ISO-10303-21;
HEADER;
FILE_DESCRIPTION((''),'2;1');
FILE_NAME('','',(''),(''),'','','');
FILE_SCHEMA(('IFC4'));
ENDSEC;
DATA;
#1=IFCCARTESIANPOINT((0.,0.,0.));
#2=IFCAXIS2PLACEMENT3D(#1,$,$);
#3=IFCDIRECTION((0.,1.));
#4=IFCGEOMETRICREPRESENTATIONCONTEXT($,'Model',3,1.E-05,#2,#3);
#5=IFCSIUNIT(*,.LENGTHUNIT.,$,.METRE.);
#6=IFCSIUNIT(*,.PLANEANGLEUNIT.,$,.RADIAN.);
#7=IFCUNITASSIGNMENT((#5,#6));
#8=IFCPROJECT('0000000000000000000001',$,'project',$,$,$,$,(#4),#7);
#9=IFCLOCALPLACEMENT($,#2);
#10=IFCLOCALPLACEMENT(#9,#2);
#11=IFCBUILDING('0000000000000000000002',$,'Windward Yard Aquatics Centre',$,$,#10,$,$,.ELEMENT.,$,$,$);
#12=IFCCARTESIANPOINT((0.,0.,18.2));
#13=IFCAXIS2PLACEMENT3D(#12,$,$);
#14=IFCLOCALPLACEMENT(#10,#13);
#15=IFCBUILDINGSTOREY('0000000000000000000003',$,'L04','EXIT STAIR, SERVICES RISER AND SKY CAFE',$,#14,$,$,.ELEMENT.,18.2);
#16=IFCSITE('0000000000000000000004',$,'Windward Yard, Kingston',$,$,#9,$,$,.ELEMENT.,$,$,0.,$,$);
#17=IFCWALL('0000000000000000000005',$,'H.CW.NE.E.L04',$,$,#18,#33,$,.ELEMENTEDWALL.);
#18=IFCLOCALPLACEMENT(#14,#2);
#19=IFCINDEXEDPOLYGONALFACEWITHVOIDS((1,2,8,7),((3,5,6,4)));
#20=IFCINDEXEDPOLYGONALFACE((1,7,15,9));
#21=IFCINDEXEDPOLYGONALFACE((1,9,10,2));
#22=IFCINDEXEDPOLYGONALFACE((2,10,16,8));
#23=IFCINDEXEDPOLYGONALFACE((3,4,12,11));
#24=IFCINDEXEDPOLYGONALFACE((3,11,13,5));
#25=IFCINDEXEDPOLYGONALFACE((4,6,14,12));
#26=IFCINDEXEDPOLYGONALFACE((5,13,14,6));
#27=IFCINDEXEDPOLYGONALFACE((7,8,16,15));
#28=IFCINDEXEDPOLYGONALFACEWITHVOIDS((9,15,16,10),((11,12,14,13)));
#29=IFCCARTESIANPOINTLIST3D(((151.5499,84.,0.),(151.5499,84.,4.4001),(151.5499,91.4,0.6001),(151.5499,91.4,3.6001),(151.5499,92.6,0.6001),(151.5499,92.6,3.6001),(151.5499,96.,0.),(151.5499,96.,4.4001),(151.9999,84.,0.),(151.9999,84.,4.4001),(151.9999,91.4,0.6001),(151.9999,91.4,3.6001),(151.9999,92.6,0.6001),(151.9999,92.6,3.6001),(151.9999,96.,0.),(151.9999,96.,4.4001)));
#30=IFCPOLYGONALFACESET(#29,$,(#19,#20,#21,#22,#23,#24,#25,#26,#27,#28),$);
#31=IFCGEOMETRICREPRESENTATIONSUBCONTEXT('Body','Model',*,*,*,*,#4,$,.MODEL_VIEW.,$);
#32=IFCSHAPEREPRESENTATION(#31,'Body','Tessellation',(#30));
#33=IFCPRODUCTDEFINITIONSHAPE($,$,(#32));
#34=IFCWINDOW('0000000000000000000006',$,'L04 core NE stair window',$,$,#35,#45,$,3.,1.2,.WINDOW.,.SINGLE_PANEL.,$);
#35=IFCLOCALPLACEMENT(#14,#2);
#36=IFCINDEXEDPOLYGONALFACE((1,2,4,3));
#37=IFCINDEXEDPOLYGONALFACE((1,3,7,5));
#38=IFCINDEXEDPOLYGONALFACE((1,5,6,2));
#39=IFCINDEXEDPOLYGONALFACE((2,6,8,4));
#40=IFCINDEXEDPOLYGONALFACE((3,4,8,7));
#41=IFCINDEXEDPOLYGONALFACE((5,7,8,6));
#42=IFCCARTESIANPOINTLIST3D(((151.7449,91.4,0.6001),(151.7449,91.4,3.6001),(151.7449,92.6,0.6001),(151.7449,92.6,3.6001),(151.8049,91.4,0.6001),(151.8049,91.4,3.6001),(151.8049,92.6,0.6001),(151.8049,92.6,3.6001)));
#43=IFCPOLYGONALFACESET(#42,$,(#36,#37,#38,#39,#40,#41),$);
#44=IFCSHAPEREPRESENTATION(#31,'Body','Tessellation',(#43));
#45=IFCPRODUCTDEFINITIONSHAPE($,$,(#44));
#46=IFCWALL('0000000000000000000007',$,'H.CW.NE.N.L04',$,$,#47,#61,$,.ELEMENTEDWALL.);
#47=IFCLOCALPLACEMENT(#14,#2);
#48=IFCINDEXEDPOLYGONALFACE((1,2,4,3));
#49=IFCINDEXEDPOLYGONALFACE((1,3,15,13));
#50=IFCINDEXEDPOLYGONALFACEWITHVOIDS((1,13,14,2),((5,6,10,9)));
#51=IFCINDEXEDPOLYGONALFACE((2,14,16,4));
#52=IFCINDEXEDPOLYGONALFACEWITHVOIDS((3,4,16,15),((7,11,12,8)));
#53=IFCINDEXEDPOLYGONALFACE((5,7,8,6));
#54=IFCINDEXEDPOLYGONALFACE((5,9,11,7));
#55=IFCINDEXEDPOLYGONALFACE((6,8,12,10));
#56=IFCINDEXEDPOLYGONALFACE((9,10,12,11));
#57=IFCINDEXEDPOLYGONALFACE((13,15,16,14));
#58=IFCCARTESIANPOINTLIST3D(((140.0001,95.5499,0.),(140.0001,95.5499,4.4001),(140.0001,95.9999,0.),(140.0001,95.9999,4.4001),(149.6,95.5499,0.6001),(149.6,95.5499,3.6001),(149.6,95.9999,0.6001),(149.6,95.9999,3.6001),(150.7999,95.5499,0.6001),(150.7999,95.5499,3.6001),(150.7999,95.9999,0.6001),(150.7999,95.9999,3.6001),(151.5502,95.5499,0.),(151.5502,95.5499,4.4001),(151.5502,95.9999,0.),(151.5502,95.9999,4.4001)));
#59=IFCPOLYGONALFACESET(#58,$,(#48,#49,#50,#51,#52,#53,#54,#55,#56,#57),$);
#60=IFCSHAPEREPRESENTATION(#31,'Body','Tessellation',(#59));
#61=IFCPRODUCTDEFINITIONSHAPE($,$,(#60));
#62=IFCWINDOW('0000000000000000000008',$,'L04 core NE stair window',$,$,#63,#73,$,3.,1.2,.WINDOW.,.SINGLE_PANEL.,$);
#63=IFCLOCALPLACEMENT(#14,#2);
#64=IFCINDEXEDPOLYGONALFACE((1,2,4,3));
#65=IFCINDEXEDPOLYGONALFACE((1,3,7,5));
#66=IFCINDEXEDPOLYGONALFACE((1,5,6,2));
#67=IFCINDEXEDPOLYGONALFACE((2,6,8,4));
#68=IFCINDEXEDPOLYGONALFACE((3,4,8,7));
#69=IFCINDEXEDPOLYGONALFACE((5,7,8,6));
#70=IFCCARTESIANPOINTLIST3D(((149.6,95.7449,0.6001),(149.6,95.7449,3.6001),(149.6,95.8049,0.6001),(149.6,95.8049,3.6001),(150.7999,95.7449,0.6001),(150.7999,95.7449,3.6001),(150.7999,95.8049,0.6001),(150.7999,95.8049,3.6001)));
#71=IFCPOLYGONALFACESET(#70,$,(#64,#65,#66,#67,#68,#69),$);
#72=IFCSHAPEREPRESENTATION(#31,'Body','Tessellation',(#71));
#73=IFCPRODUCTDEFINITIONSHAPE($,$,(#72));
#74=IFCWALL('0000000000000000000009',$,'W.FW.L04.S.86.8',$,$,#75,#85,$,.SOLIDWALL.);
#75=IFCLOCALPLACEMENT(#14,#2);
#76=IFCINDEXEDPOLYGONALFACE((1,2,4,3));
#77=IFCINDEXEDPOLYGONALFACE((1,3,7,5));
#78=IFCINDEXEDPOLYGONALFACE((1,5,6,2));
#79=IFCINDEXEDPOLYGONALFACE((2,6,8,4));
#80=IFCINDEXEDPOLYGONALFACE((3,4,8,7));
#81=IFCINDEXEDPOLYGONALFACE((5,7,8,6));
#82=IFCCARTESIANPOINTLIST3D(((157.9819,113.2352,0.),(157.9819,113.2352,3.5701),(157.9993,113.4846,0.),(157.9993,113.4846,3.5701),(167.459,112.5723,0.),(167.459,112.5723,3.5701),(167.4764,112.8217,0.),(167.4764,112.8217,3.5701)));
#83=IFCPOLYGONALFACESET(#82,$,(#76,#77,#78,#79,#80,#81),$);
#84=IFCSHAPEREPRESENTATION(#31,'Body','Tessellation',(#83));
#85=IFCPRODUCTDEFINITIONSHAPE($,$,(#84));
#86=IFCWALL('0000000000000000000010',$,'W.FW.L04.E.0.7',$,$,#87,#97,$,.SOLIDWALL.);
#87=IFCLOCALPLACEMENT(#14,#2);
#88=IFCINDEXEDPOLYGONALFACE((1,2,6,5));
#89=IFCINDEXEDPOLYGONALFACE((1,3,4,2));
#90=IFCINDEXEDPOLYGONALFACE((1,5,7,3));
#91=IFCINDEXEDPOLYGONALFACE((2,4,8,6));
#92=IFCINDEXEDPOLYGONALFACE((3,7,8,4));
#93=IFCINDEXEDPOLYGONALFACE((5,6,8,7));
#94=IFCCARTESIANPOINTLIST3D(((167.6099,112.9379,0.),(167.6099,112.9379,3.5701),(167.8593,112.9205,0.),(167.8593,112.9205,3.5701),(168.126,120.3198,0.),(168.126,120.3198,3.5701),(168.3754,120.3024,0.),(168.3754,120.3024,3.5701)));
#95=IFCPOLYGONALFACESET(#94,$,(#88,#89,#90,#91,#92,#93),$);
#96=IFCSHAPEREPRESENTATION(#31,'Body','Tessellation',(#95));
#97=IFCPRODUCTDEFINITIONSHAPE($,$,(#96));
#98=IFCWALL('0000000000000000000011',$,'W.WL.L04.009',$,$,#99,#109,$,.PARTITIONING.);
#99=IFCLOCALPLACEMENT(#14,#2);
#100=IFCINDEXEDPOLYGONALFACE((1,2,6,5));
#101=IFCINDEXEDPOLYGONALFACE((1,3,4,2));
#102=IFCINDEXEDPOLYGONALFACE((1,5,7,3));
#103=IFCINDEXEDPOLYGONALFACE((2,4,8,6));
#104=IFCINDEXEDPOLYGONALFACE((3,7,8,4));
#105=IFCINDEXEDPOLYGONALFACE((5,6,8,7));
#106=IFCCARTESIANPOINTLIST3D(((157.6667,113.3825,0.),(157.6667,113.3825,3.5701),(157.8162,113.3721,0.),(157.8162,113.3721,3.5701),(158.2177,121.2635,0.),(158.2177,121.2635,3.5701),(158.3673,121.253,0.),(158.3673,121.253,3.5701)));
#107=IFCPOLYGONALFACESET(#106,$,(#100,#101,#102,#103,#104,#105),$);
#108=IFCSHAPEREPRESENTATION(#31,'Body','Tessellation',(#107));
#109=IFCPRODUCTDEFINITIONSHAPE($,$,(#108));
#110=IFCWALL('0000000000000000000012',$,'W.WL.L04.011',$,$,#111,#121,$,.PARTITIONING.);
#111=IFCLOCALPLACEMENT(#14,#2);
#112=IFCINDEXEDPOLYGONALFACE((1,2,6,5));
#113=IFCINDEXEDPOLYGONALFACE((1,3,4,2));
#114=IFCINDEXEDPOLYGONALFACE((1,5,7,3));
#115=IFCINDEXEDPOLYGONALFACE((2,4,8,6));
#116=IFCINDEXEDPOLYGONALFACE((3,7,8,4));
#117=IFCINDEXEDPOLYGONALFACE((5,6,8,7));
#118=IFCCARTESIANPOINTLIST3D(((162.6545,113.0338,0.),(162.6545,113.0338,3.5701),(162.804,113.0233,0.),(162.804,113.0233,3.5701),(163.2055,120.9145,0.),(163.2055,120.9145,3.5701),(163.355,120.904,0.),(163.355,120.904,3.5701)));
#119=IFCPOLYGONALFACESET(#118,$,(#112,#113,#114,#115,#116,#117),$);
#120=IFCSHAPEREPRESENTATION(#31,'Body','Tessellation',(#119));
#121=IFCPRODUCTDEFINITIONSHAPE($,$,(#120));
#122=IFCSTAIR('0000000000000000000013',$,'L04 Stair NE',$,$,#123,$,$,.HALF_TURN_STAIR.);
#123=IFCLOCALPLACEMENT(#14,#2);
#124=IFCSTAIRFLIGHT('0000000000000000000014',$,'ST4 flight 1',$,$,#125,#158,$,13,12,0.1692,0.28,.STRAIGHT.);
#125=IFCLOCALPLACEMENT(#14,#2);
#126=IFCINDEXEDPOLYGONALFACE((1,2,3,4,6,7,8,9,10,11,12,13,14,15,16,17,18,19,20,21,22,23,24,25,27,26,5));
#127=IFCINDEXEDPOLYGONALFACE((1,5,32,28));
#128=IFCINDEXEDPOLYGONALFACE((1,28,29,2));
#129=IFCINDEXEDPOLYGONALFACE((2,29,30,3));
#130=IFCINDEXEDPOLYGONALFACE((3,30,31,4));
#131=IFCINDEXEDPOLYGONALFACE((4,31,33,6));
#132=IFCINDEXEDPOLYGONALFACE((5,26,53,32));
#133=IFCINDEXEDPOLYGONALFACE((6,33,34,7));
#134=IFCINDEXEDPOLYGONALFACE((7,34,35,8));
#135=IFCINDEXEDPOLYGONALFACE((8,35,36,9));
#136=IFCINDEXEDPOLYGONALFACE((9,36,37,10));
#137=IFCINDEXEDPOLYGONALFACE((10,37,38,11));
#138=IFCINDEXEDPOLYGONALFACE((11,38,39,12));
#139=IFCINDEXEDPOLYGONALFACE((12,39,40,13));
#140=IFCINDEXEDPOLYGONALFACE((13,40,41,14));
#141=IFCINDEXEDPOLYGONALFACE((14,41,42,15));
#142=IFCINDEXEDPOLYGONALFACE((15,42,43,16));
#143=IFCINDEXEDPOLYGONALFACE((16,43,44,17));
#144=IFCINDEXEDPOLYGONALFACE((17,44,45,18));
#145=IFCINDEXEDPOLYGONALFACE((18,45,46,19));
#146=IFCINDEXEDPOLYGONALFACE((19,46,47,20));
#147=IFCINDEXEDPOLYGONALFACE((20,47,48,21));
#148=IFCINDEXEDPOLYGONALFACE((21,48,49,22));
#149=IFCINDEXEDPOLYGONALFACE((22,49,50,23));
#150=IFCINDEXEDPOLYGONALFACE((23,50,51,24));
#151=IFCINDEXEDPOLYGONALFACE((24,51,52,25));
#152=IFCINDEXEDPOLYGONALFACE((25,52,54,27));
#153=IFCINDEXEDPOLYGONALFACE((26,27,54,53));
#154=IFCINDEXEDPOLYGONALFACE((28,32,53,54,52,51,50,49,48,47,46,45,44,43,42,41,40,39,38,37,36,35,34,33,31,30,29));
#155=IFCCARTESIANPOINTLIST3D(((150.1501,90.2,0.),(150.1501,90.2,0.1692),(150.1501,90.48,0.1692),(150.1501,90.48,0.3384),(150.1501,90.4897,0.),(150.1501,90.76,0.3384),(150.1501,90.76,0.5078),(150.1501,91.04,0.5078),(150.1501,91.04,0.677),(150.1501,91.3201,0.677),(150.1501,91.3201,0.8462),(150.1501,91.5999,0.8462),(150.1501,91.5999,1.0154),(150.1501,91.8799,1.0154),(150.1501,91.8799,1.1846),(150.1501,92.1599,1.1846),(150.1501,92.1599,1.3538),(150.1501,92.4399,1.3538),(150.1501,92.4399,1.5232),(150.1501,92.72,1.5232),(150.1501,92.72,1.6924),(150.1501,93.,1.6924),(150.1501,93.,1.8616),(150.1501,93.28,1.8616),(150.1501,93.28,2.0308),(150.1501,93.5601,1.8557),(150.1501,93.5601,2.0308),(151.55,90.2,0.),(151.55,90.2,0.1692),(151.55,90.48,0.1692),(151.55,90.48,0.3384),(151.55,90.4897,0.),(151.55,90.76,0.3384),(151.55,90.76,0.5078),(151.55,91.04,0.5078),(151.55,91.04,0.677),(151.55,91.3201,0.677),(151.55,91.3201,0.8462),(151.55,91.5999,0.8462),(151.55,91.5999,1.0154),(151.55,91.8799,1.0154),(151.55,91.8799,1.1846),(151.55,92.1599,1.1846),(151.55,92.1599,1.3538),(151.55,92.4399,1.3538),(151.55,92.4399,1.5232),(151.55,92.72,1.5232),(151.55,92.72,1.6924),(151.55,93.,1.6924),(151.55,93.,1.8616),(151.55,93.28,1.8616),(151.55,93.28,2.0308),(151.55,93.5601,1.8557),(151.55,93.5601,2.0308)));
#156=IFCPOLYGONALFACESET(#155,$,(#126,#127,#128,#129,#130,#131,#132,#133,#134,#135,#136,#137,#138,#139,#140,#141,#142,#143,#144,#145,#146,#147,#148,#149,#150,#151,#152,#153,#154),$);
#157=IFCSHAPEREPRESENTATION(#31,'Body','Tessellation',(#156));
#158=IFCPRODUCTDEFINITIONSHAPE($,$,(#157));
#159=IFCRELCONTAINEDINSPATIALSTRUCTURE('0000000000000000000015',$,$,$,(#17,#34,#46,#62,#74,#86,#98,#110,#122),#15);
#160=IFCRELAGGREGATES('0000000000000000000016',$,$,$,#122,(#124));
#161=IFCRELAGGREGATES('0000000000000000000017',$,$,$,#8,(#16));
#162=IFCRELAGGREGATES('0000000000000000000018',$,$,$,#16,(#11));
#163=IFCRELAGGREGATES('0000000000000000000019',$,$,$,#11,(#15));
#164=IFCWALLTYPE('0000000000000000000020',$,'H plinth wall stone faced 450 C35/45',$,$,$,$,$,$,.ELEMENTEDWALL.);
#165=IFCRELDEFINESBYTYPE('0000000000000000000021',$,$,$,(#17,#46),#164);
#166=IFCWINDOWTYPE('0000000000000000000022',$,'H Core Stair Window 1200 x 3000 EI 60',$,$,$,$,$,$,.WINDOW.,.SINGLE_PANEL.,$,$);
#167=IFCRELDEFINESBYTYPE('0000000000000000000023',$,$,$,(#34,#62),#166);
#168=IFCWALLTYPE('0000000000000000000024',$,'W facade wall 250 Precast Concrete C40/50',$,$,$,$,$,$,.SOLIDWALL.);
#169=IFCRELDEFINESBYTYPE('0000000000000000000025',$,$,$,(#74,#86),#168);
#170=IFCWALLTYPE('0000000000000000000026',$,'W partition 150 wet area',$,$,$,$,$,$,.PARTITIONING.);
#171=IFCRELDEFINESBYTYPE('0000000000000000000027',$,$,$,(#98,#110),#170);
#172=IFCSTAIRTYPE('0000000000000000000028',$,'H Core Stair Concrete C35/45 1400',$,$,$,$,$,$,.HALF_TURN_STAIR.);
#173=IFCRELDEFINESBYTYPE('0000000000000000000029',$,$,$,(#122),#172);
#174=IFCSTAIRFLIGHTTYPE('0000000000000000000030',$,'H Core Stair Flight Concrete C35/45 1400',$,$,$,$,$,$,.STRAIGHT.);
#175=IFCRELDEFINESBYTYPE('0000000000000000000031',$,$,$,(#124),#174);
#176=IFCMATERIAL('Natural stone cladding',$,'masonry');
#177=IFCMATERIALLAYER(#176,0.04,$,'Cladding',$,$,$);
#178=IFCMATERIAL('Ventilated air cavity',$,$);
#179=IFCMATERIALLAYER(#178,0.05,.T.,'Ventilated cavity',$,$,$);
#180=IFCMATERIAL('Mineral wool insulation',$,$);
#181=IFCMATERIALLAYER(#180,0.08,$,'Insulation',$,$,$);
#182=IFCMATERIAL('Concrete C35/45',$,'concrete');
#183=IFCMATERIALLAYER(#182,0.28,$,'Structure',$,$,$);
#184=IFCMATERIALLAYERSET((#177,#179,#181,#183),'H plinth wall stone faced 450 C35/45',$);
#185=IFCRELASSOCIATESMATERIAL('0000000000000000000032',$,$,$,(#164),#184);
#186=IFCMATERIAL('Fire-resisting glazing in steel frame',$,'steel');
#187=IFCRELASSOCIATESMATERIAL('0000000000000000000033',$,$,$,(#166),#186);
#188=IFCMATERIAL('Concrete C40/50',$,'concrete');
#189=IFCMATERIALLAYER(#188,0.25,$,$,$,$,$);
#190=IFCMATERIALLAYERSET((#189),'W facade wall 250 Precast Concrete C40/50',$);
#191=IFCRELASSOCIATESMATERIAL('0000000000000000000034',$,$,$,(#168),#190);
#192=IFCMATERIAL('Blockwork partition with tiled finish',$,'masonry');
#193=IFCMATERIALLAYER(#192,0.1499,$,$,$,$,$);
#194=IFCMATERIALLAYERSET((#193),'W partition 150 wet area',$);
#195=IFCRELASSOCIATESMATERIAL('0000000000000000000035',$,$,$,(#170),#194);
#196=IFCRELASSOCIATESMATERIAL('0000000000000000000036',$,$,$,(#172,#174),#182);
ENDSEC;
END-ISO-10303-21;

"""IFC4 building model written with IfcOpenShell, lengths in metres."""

from ifc_helpers import new_model, si_unit, direction, frame, frame_2d, origin, place, context, subcontext, project, spatial, polyline, rectangle, outline, extrude, material, layer, layer_set, type_object, element, fill, aggregate, save


model = new_model("IFC4")

# Units and contexts
model_context = context("Model", 3, precision=1e-05, world=origin(), true_north=direction((0.0, 1.0)))
body_context = subcontext(model_context, "Body", "Model", "MODEL_VIEW")
ifc_project = project(units=[si_unit("LENGTHUNIT", "METRE"), si_unit("PLANEANGLEUNIT", "RADIAN")], contexts=[model_context])

# Site, building, storey
site_placement = place(None, origin())
site = spatial("IfcSite", under=ifc_project, at=site_placement, Name="Windward Yard, Kingston", CompositionType="ELEMENT", RefElevation=0.0)
building_placement = place(site_placement, origin())
building = spatial("IfcBuilding", under=site, at=building_placement, Name="Windward Yard Aquatics Centre", CompositionType="ELEMENT")
storey_placement = place(building_placement, frame((0.0, 0.0, 18.2)))
storey = spatial("IfcBuildingStorey", under=building, at=storey_placement, Name="L04", Description="EXIT STAIR, SERVICES RISER AND SKY CAFE", CompositionType="ELEMENT", Elevation=18.2)

# Shared definitions
ifc_material_1 = material(Name="Concrete C40/50", Category="concrete")

# Shared definitions
ifc_material_2 = material(Name="Concrete C35/45", Category="concrete")

# Walls, openings, windows
ifc_material_3 = material(Name="Natural stone cladding", Category="masonry")
ifc_layer_1 = layer(ifc_material_3, 0.04, Name="Cladding")
ifc_material_4 = material(Name="Ventilated air cavity")
ifc_layer_2 = layer(ifc_material_4, 0.05, ventilated=True, Name="Ventilated cavity")
ifc_material_5 = material(Name="Mineral wool insulation")
ifc_layer_3 = layer(ifc_material_5, 0.08, Name="Insulation")
ifc_layer_4 = layer(ifc_material_2, 0.28, Name="Structure")
ifc_layer_set_1 = layer_set([ifc_layer_1, ifc_layer_2, ifc_layer_3, ifc_layer_4], Name="H plinth wall stone faced 450 C35/45")
wall_type_1 = type_object("IfcWallType", Name="H plinth wall stone faced 450 C35/45", PredefinedType="ELEMENTEDWALL", material=ifc_layer_set_1)
wall_1_placement = place(storey_placement, frame((151.7749, 96.0, 0.0), z_axis=(0.0, 0.0, 1.0), x_axis=(0.0, -1.0, 0.0)))
wall_1 = element("IfcWall", 1, at=wall_1_placement, inside=storey, type_object=wall_type_1, Name="H.CW.NE.E.L04", PredefinedType="ELEMENTEDWALL", context=body_context, shape_type="SweptSolid", body=[
    extrude(rectangle(XDim=12.0, YDim=0.45, at=frame_2d((6.0, 0.0))), origin(), (0.0, 0.0, 1.0), 4.4001),
])
opening_1_placement = place(wall_1_placement, frame((3.3999, 0.0, 0.6001)))
opening_1 = element("IfcOpeningElement", 2, at=opening_1_placement, cuts=wall_1, PredefinedType="OPENING", context=body_context, shape_type="SweptSolid", body=[
    extrude(rectangle(XDim=1.2, YDim=3.0, at=frame_2d((0.6001, 1.5))), frame((0.0, 0.2349, 0.0), z_axis=(0.0, -1.0, 0.0), x_axis=(1.0, 0.0, 0.0)), (0.0, 0.0, 1.0), 0.47),
])
ifc_material_6 = material(Name="Fire-resisting glazing in steel frame", Category="steel")
window_type = type_object("IfcWindowType", Name="H Core Stair Window 1200 x 3000 EI 60", PartitioningType="SINGLE_PANEL", PredefinedType="WINDOW", material=ifc_material_6)
window_1_placement = place(opening_1_placement, origin())
window_1 = element("IfcWindow", 3, at=window_1_placement, inside=storey, type_object=window_type, Name="L04 core NE stair window", OverallHeight=3.0, OverallWidth=1.2, PartitioningType="SINGLE_PANEL", PredefinedType="WINDOW", context=body_context, shape_type="SweptSolid", body=[
    extrude(rectangle(XDim=1.2, YDim=3.0, at=frame_2d((0.6001, 1.5))), frame((0.0, 0.03, 0.0), z_axis=(0.0, -1.0, 0.0), x_axis=(1.0, 0.0, 0.0)), (0.0, 0.0, 1.0), 0.0601),
])
fill(opening_1, window_1)
wall_2_placement = place(storey_placement, frame((151.55, 95.7749, 0.0), z_axis=(0.0, 0.0, 1.0), x_axis=(-1.0, 0.0, 0.0)))
wall_2 = element("IfcWall", 4, at=wall_2_placement, inside=storey, type_object=wall_type_1, Name="H.CW.NE.N.L04", PredefinedType="ELEMENTEDWALL", context=body_context, shape_type="SweptSolid", body=[
    extrude(rectangle(XDim=11.55, YDim=0.45, at=frame_2d((5.7749, 0.0))), origin(), (0.0, 0.0, 1.0), 4.4001),
])
opening_2_placement = place(wall_2_placement, frame((0.75, 0.0, 0.6001)))
opening_2 = element("IfcOpeningElement", 5, at=opening_2_placement, cuts=wall_2, PredefinedType="OPENING", context=body_context, shape_type="SweptSolid", body=[
    extrude(rectangle(XDim=1.2, YDim=3.0, at=frame_2d((0.6001, 1.5))), frame((0.0, 0.2349, 0.0), z_axis=(0.0, -1.0, 0.0), x_axis=(1.0, 0.0, 0.0)), (0.0, 0.0, 1.0), 0.47),
])
window_2_placement = place(opening_2_placement, origin())
window_2 = element("IfcWindow", 6, at=window_2_placement, inside=storey, type_object=window_type, Name="L04 core NE stair window", OverallHeight=3.0, OverallWidth=1.2, PartitioningType="SINGLE_PANEL", PredefinedType="WINDOW", context=body_context, shape_type="SweptSolid", body=[
    extrude(rectangle(XDim=1.2, YDim=3.0, at=frame_2d((0.6001, 1.5))), frame((0.0, 0.03, 0.0), z_axis=(0.0, -1.0, 0.0), x_axis=(1.0, 0.0, 0.0)), (0.0, 0.0, 1.0), 0.0601),
])
fill(opening_2, window_2)

# Walls
ifc_layer_5 = layer(ifc_material_1, 0.25)
ifc_layer_set_2 = layer_set([ifc_layer_5], Name="W facade wall 250 Precast Concrete C40/50")
wall_type_2 = type_object("IfcWallType", Name="W facade wall 250 Precast Concrete C40/50", PredefinedType="SOLIDWALL", material=ifc_layer_set_2)
wall_3_placement = place(storey_placement, frame((157.9907, 113.3599, 0.0), z_axis=(0.0, 0.0, 1.0), x_axis=(0.997563, -0.069771, 0.0)))
element("IfcWall", 7, at=wall_3_placement, inside=storey, type_object=wall_type_2, Name="W.FW.L04.S.86.8", PredefinedType="SOLIDWALL", context=body_context, shape_type="SweptSolid", body=[
    extrude(rectangle(XDim=9.5002, YDim=0.25, at=frame_2d((4.75, 0.0))), origin(), (0.0, 0.0, 1.0), 3.5701),
])
wall_4_placement = place(storey_placement, frame((167.7346, 112.9292, 0.0), z_axis=(0.0, 0.0, 1.0), x_axis=(0.069746, 0.997565, 0.0)))
element("IfcWall", 8, at=wall_4_placement, inside=storey, type_object=wall_type_2, Name="W.FW.L04.E.0.7", PredefinedType="SOLIDWALL", context=body_context, shape_type="SweptSolid", body=[
    extrude(rectangle(XDim=7.3999, YDim=0.25, at=frame_2d((3.7, 0.0))), origin(), (0.0, 0.0, 1.0), 3.5701),
])
ifc_material_7 = material(Name="Blockwork partition with tiled finish", Category="masonry")
ifc_layer_6 = layer(ifc_material_7, 0.1499)
ifc_layer_set_3 = layer_set([ifc_layer_6], Name="W partition 150 wet area")
wall_type_3 = type_object("IfcWallType", Name="W partition 150 wet area", PredefinedType="PARTITIONING", material=ifc_layer_set_3)
wall_5_placement = place(storey_placement, frame((157.7415, 113.3772, 0.0), z_axis=(0.0, 0.0, 1.0), x_axis=(0.069749, 0.997565, 0.0)))
element("IfcWall", 9, at=wall_5_placement, inside=storey, type_object=wall_type_3, Name="W.WL.L04.009", PredefinedType="PARTITIONING", context=body_context, shape_type="SweptSolid", body=[
    extrude(rectangle(XDim=7.9001, YDim=0.1499, at=frame_2d((3.9502, 0.0))), origin(), (0.0, 0.0, 1.0), 3.5701),
])
wall_6_placement = place(storey_placement, frame((162.7292, 113.0286, 0.0), z_axis=(0.0, 0.0, 1.0), x_axis=(0.069751, 0.997564, 0.0)))
element("IfcWall", 10, at=wall_6_placement, inside=storey, type_object=wall_type_3, Name="W.WL.L04.011", PredefinedType="PARTITIONING", context=body_context, shape_type="SweptSolid", body=[
    extrude(rectangle(XDim=7.8999, YDim=0.1499, at=frame_2d((3.95, 0.0))), origin(), (0.0, 0.0, 1.0), 3.5701),
])

# Stair, stair flight
stair_type = type_object("IfcStairType", Name="H Core Stair Concrete C35/45 1400", PredefinedType="HALF_TURN_STAIR", material=ifc_material_2)
stair_placement = place(storey_placement, origin())
stair = element("IfcStair", 11, at=stair_placement, inside=storey, type_object=stair_type, Name="L04 Stair NE", PredefinedType="HALF_TURN_STAIR")
stair_flight_type = type_object("IfcStairFlightType", Name="H Core Stair Flight Concrete C35/45 1400", PredefinedType="STRAIGHT", material=ifc_material_2)
stair_flight_placement = place(storey_placement, frame((150.8501, 90.2, 0.0), z_axis=(0.0, 0.0, 1.0), x_axis=(0.0, 1.0, 0.0)))
stair_flight = element("IfcStairFlight", 12, at=stair_flight_placement, type_object=stair_flight_type, Name="ST4 flight 1", NumberOfRisers=13, NumberOfTreads=12, PredefinedType="STRAIGHT", RiserHeight=0.1692, TreadLength=0.28, context=body_context, shape_type="SweptSolid", body=[
    extrude(outline(polyline([(0.0, 0.0), (0.0, 0.1692), (0.28, 0.1692), (0.28, 0.3384), (0.5601, 0.3384), (0.5601, 0.5078), (0.8401, 0.5078), (0.8401, 0.677), (1.1201, 0.677), (1.1201, 0.8462), (1.3999, 0.8462), (1.3999, 1.0154), (1.6799, 1.0154), (1.6799, 1.1846), (1.96, 1.1846), (1.96, 1.3538), (2.24, 1.3538), (2.24, 1.5232), (2.52, 1.5232), (2.52, 1.6924), (2.8, 1.6924), (2.8, 1.8616), (3.0801, 1.8616), (3.0801, 2.0308), (3.3601, 2.0308), (3.3601, 2.2), (3.3601, 1.8557), (0.2898, 0.0), (0.0, 0.0)])), frame((0.0, 0.7, 0.0), z_axis=(0.0, -1.0, 0.0), x_axis=(1.0, 0.0, 0.0)), (0.0, 0.0, 1.0), 1.3999),
])
aggregate(stair, [stair_flight])

save(model, "model.ifc")
